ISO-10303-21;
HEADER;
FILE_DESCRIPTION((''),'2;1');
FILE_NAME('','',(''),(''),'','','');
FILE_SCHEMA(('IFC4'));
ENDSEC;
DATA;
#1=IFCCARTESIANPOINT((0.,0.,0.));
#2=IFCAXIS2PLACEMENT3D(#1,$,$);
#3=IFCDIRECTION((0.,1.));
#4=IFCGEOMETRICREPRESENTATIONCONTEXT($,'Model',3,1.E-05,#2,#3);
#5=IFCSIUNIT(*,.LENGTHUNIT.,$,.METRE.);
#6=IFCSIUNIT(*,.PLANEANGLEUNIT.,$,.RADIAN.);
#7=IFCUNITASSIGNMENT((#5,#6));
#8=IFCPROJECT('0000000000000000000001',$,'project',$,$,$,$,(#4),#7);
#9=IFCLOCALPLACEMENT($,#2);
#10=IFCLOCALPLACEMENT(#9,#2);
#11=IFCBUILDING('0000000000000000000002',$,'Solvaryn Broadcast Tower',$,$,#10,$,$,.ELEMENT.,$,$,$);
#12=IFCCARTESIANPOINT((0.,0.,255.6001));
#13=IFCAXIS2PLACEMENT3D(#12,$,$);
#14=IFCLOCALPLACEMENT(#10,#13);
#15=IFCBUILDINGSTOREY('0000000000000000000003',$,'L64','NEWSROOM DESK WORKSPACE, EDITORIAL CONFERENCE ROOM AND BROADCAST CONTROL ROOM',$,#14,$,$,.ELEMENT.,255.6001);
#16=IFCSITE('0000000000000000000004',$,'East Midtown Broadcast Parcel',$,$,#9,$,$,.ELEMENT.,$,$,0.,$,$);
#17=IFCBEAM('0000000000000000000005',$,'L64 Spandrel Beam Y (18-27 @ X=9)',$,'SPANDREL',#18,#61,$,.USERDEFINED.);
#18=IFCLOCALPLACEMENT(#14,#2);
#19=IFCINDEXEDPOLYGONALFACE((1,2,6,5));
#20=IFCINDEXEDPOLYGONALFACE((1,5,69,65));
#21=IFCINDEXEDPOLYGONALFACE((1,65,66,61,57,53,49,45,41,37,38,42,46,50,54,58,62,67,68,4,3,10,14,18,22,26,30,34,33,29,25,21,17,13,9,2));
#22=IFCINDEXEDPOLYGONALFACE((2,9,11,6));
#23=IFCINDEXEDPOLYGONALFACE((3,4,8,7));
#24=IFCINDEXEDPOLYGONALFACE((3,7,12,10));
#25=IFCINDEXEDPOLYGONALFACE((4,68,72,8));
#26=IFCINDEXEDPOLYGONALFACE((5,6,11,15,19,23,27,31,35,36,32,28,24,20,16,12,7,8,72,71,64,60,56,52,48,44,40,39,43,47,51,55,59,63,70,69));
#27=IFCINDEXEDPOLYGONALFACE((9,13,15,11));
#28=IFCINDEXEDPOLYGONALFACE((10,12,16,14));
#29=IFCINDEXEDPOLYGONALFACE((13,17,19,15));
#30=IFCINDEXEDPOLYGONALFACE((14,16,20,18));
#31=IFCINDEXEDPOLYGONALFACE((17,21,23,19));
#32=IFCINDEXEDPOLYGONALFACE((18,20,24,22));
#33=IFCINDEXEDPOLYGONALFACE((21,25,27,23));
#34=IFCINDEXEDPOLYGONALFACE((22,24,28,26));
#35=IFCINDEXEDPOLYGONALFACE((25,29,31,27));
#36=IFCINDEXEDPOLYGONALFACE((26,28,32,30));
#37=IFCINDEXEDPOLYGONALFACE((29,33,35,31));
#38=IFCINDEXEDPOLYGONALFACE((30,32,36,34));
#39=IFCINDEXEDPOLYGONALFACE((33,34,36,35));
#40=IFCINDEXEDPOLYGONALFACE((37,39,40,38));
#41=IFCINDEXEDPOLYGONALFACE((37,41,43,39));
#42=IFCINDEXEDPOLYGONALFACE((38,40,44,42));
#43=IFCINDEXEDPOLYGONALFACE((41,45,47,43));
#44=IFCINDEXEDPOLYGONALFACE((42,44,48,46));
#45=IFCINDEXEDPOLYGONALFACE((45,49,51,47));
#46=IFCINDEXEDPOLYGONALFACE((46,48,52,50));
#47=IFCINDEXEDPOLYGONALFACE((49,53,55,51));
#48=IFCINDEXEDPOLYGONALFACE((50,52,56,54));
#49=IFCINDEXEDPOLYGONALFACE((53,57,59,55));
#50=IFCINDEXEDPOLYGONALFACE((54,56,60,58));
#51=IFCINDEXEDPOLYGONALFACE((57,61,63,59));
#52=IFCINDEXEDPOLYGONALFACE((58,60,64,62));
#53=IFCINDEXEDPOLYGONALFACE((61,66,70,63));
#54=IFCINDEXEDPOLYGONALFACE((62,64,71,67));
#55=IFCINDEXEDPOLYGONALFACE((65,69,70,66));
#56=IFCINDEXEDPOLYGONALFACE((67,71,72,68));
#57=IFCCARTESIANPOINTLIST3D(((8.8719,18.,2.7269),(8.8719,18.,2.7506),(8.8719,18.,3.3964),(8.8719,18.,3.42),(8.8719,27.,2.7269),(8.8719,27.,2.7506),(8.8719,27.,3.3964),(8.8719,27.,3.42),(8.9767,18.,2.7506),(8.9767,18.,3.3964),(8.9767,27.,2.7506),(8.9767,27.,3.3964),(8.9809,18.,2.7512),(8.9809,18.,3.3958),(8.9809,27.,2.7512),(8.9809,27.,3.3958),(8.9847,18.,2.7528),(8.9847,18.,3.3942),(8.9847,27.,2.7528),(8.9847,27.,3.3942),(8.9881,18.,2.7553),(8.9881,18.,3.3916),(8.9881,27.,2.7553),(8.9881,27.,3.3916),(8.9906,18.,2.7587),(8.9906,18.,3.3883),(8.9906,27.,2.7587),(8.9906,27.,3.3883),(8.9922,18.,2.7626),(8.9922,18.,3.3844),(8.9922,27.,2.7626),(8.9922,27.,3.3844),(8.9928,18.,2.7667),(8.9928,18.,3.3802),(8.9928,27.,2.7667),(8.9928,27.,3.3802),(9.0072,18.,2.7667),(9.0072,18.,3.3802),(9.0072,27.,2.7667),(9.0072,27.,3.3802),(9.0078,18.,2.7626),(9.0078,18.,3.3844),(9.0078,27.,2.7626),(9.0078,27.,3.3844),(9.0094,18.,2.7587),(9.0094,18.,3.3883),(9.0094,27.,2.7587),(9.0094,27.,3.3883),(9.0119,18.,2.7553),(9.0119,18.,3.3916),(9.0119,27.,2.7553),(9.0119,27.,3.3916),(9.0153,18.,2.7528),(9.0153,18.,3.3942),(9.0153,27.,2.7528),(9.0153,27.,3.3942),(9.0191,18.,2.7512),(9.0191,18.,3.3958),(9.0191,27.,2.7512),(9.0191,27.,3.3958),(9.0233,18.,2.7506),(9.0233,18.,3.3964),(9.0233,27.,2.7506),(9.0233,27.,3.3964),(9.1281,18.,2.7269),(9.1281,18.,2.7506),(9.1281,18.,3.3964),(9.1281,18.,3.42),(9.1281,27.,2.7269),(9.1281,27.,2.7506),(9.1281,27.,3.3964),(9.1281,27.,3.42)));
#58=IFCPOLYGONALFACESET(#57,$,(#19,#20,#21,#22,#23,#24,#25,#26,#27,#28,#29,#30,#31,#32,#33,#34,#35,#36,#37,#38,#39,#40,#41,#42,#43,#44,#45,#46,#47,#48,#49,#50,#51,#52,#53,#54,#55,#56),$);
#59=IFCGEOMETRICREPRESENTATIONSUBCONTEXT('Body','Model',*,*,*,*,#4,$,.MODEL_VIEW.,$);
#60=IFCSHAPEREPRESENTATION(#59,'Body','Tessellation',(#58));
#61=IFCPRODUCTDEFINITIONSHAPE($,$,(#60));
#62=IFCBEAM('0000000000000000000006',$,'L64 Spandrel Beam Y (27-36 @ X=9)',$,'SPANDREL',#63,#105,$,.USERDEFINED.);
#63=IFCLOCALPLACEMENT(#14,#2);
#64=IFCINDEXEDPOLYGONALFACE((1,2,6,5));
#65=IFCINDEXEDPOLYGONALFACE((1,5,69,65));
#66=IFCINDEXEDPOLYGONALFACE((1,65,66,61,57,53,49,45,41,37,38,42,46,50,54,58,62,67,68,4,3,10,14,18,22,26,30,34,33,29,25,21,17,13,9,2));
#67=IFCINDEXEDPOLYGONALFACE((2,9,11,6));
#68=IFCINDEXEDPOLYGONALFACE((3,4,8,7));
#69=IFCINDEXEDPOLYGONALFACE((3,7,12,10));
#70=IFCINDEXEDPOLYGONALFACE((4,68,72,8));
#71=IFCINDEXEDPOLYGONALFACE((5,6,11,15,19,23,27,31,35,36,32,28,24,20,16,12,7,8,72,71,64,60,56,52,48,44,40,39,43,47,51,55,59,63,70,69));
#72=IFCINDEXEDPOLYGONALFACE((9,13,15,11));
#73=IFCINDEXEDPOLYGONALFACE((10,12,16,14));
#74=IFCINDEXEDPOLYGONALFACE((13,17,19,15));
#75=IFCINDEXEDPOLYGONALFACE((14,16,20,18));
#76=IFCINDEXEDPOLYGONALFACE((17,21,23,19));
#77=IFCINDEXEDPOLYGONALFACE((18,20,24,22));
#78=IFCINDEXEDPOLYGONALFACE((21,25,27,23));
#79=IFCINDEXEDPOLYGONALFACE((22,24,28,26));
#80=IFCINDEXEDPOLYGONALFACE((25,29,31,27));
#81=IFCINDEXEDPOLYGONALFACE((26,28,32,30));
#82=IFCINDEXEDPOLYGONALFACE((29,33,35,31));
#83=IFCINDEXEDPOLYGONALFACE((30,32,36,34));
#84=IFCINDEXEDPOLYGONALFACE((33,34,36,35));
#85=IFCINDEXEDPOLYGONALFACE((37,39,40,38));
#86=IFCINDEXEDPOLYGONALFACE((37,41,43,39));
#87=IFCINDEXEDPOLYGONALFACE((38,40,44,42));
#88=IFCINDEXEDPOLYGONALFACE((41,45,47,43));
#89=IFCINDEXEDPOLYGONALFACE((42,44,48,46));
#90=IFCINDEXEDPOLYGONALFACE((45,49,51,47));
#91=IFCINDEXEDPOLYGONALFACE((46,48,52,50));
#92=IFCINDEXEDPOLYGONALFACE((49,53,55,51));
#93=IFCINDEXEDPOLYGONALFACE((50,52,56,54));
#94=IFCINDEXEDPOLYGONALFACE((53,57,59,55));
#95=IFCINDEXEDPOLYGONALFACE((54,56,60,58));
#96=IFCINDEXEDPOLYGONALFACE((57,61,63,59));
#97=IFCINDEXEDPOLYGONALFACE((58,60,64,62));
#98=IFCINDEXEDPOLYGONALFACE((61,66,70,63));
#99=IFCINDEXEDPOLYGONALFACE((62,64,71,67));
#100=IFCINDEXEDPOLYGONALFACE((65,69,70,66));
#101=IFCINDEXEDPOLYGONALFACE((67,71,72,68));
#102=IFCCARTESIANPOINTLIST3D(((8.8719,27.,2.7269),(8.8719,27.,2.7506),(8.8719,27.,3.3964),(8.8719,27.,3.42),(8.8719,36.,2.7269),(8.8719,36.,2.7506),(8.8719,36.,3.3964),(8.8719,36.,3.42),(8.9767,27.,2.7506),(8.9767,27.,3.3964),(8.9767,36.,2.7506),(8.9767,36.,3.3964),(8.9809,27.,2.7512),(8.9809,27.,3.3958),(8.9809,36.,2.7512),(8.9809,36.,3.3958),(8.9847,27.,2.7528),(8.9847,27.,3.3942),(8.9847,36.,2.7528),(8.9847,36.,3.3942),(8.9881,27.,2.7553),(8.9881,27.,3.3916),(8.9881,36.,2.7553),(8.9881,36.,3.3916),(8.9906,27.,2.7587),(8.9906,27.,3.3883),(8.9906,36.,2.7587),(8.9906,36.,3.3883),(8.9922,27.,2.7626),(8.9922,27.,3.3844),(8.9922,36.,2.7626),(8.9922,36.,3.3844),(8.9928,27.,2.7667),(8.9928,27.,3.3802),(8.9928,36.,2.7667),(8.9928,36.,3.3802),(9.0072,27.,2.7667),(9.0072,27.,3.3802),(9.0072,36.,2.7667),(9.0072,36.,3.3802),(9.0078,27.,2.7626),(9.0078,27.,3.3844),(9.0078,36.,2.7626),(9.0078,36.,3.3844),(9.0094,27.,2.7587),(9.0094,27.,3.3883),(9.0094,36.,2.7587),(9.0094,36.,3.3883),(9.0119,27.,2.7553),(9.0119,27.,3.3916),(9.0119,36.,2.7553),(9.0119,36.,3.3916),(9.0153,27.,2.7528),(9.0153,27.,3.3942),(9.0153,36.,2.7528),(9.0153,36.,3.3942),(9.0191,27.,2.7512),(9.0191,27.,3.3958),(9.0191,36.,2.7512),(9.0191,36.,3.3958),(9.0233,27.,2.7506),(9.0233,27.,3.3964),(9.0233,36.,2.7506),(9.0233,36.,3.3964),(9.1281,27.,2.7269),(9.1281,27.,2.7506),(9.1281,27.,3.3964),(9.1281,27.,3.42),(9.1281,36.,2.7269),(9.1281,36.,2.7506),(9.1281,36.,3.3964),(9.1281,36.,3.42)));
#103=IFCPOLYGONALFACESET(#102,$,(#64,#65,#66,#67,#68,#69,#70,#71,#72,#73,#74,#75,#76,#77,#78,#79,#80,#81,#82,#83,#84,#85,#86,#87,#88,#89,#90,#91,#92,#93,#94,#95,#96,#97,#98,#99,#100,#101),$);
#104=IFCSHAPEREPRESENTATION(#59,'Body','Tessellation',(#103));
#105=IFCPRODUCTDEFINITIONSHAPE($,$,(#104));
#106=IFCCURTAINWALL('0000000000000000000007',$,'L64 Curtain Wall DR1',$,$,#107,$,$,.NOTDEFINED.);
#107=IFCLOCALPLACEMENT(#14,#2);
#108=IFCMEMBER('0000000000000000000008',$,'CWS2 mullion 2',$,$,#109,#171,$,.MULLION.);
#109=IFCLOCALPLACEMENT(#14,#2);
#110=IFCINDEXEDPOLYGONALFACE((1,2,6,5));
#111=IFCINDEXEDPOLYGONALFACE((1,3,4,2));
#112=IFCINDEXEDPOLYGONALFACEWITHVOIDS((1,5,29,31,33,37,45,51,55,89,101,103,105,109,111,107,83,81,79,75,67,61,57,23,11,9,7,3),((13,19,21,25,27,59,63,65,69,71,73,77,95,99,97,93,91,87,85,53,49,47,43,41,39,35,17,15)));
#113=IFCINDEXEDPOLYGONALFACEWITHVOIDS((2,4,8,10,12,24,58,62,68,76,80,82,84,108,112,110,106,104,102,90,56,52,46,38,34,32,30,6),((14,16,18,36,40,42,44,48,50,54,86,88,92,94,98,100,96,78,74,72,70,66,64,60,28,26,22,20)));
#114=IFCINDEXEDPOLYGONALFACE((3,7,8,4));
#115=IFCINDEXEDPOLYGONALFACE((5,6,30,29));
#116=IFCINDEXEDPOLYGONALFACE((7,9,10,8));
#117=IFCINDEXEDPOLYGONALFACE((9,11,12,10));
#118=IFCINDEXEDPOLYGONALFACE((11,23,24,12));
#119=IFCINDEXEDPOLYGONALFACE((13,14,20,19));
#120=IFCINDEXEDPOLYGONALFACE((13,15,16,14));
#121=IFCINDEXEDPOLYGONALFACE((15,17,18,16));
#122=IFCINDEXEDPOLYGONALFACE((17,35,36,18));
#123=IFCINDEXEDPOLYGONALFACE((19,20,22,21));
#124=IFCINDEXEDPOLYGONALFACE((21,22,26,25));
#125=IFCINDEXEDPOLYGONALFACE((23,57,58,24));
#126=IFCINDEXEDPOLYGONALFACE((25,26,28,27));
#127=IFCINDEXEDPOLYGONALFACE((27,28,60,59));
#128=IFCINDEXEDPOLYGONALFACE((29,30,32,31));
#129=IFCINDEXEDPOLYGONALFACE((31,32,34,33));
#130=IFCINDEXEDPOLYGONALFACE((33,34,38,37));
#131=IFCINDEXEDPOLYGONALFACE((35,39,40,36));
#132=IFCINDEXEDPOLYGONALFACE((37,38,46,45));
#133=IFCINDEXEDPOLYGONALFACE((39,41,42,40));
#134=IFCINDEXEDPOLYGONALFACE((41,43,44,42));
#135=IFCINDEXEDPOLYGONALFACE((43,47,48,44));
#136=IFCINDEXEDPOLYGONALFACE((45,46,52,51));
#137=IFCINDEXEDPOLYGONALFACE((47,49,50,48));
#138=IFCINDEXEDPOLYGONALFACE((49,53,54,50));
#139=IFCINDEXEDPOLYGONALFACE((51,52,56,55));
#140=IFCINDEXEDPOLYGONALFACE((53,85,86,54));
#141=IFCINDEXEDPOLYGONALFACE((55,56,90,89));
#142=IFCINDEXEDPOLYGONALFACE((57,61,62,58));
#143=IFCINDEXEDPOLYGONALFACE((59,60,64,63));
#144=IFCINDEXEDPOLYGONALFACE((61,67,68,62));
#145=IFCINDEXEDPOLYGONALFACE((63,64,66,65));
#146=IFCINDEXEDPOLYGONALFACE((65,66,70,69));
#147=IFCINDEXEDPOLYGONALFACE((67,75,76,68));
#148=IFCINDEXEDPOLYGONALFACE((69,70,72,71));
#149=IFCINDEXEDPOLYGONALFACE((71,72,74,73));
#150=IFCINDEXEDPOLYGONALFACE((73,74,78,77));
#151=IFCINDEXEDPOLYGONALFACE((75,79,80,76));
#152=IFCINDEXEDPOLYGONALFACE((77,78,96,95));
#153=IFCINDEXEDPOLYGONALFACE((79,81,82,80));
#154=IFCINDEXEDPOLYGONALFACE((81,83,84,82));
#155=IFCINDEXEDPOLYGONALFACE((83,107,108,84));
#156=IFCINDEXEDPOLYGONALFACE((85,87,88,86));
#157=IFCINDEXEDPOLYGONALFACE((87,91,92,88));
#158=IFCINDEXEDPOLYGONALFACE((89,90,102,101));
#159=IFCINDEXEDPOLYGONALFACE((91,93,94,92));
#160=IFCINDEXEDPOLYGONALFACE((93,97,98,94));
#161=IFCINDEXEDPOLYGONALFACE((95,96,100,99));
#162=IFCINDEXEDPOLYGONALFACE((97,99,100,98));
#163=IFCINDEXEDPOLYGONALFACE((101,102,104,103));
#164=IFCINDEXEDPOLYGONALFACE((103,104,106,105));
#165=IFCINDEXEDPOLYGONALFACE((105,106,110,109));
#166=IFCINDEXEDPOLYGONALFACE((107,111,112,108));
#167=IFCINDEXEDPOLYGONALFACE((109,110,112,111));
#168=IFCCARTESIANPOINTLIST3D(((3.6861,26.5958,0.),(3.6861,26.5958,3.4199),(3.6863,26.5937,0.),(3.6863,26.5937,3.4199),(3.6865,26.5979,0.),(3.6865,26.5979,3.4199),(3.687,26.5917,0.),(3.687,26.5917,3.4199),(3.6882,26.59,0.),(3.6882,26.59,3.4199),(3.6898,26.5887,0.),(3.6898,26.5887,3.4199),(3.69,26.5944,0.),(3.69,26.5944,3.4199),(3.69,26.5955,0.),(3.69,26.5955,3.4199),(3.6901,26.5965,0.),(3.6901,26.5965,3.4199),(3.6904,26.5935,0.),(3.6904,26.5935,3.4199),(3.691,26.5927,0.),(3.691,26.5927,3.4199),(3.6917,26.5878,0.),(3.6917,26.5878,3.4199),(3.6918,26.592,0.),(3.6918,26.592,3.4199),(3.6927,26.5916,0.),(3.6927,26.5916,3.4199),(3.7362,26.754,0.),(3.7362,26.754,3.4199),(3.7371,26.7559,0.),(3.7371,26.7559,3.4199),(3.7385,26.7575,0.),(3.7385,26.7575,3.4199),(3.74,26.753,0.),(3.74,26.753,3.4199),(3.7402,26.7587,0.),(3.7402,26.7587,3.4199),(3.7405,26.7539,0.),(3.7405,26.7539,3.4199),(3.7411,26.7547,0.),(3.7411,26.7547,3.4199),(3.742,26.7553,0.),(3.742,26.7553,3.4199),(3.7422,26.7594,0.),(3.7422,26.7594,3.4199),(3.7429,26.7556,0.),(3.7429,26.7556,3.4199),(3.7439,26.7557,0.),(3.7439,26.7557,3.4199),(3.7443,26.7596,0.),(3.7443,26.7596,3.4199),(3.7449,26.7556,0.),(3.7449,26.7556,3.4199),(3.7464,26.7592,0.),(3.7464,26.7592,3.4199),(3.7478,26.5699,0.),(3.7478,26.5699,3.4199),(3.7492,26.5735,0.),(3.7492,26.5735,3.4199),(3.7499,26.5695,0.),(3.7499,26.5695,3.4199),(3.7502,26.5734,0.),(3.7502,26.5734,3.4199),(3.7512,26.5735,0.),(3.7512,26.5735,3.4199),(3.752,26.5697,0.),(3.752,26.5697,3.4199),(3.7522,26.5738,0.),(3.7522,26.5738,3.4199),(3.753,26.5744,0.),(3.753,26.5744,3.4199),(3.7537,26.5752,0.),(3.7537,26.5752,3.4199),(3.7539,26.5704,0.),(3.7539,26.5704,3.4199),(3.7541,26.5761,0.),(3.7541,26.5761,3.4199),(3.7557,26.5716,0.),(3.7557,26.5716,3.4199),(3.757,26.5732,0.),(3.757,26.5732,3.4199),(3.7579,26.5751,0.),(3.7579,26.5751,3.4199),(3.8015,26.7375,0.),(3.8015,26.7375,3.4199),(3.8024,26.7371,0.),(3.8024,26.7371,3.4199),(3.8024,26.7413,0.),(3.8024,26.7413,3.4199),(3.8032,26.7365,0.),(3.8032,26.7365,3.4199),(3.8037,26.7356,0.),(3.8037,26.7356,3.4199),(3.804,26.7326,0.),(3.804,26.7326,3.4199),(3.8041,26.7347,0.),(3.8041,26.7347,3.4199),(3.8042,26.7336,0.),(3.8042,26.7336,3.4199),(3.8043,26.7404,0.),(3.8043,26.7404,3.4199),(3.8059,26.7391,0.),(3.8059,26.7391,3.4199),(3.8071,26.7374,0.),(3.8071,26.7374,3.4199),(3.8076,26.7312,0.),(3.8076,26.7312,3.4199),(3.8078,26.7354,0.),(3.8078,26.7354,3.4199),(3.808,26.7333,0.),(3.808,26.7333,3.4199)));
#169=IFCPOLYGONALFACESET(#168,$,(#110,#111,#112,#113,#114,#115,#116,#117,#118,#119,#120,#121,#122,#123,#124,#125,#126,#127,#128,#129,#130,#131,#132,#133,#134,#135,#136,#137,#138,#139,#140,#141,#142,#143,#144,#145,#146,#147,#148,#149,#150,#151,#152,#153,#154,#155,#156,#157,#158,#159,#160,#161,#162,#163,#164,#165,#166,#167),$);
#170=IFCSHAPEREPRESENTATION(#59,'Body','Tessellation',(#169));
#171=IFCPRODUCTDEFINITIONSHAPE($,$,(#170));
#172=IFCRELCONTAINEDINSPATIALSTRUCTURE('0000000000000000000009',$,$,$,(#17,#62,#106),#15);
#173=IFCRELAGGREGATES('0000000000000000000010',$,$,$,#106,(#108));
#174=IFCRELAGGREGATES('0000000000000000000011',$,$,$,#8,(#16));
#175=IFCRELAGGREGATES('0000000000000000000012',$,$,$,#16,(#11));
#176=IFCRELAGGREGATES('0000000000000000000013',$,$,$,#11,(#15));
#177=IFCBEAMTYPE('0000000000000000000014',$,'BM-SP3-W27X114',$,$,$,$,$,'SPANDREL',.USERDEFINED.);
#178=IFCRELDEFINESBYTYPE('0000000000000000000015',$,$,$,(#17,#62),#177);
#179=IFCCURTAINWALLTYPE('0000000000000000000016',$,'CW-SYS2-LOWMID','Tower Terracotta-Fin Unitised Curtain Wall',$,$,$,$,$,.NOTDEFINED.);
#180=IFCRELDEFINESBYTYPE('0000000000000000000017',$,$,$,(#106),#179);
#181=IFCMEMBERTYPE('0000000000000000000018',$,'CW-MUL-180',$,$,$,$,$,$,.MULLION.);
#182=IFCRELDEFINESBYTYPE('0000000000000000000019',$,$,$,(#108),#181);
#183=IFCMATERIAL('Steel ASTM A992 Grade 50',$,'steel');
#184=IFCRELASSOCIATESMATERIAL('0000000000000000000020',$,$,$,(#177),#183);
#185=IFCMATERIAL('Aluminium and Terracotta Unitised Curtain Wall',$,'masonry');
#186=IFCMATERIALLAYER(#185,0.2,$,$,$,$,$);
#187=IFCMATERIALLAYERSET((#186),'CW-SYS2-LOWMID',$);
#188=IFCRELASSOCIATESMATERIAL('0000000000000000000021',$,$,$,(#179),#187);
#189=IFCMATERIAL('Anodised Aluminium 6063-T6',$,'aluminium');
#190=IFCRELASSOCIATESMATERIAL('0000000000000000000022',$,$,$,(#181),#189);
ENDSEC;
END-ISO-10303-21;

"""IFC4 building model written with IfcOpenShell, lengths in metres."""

from ifc_helpers import new_model, si_unit, direction, frame, origin, origin_2d, place, context, subcontext, project, spatial, hollow_rectangle, i_section, extrude, material, layer, layer_set, material_profile, profile_set, type_object, element, aggregate, save


model = new_model("IFC4")

# Units and contexts
model_context = context("Model", 3, precision=1e-05, world=origin(), true_north=direction((0.0, 1.0)))
body_context = subcontext(model_context, "Body", "Model", "MODEL_VIEW")
ifc_project = project(units=[si_unit("LENGTHUNIT", "METRE"), si_unit("PLANEANGLEUNIT", "RADIAN")], contexts=[model_context])

# Site, building, storey
site_placement = place(None, origin())
site = spatial("IfcSite", under=ifc_project, at=site_placement, Name="East Midtown Broadcast Parcel", CompositionType="ELEMENT", RefElevation=0.0)
building_placement = place(site_placement, origin())
building = spatial("IfcBuilding", under=site, at=building_placement, Name="Solvaryn Broadcast Tower", CompositionType="ELEMENT")
storey_placement = place(building_placement, frame((0.0, 0.0, 255.6001)))
storey = spatial("IfcBuildingStorey", under=building, at=storey_placement, Name="L64", Description="NEWSROOM DESK WORKSPACE, EDITORIAL CONFERENCE ROOM AND BROADCAST CONTROL ROOM", CompositionType="ELEMENT", Elevation=255.6001)

# Beams
ifc_material_1 = material(Name="Steel ASTM A992 Grade 50", Category="steel")
ifc_material_profile_1 = material_profile(ifc_material_1, i_section(OverallWidth=0.2561, OverallDepth=0.6931, WebThickness=0.0144, FlangeThickness=0.0237, FilletRadius=0.0161, at=origin_2d()))
ifc_profile_set_1 = profile_set([ifc_material_profile_1], Name="Steel ASTM A992 Grade 50")
beam_type_1 = type_object("IfcBeamType", Name="BM-SP3-W27X114", ElementType="SPANDREL", PredefinedType="USERDEFINED", material=ifc_profile_set_1)
for number, where, z_axis, x_axis, name in (
    (1, (9.0, 18.0, 3.0735), (0.0, 1.0, 0.0), (-1.0, 0.0, 0.0), "L64 Spandrel Beam Y (18-27 @ X=9)"),
    (2, (9.0, 27.0, 3.0735), (0.0, 1.0, 0.0), (-1.0, 0.0, 0.0), "L64 Spandrel Beam Y (27-36 @ X=9)"),
):
    element("IfcBeam", number, at=place(storey_placement, frame(where, z_axis=z_axis, x_axis=x_axis)), inside=storey, type_object=beam_type_1, Name=name, ObjectType="SPANDREL", PredefinedType="USERDEFINED", context=body_context, shape_type="SweptSolid", body=[
        extrude(i_section(OverallWidth=0.2561, OverallDepth=0.6931, WebThickness=0.0144, FlangeThickness=0.0237, FilletRadius=0.0161, at=origin_2d()), origin(), (0.0, 0.0, 1.0), 9.0),
    ])

# Curtain wall, member
ifc_material_2 = material(Name="Aluminium and Terracotta Unitised Curtain Wall", Category="masonry")
ifc_layer_1 = layer(ifc_material_2, 0.2)
ifc_layer_set_1 = layer_set([ifc_layer_1], Name="CW-SYS2-LOWMID")
curtain_wall_type_1 = type_object("IfcCurtainWallType", Name="CW-SYS2-LOWMID", Description="Tower Terracotta-Fin Unitised Curtain Wall", PredefinedType="NOTDEFINED", material=ifc_layer_set_1)
curtain_wall_1_placement = place(storey_placement, origin())
curtain_wall_1 = element("IfcCurtainWall", 3, at=curtain_wall_1_placement, inside=storey, type_object=curtain_wall_type_1, Name="L64 Curtain Wall DR1", PredefinedType="NOTDEFINED")
ifc_material_3 = material(Name="Anodised Aluminium 6063-T6", Category="aluminium")
ifc_material_profile_2 = material_profile(ifc_material_3, hollow_rectangle(XDim=0.075, YDim=0.1799, WallThickness=0.0039, InnerFilletRadius=0.0039, OuterFilletRadius=0.0081, at=origin_2d()))
ifc_profile_set_2 = profile_set([ifc_material_profile_2], Name="Anodised Aluminium 6063-T6")
member_type_1 = type_object("IfcMemberType", Name="CW-MUL-180", PredefinedType="MULLION", material=ifc_profile_set_2)
member_1_placement = place(storey_placement, frame((3.7471, 26.6646, 0.0), z_axis=(0.0, 0.0, 1.0), x_axis=(0.952795, -0.303616, 0.0)))
member_1 = element("IfcMember", 4, at=member_1_placement, type_object=member_type_1, Name="CWS2 mullion 2", PredefinedType="MULLION", context=body_context, shape_type="SweptSolid", body=[
    extrude(hollow_rectangle(XDim=0.075, YDim=0.1799, WallThickness=0.0039, InnerFilletRadius=0.0039, OuterFilletRadius=0.0081, at=origin_2d()), origin(), (0.0, 0.0, 1.0), 3.4199),
])
aggregate(curtain_wall_1, [member_1])

save(model, "model.ifc")
